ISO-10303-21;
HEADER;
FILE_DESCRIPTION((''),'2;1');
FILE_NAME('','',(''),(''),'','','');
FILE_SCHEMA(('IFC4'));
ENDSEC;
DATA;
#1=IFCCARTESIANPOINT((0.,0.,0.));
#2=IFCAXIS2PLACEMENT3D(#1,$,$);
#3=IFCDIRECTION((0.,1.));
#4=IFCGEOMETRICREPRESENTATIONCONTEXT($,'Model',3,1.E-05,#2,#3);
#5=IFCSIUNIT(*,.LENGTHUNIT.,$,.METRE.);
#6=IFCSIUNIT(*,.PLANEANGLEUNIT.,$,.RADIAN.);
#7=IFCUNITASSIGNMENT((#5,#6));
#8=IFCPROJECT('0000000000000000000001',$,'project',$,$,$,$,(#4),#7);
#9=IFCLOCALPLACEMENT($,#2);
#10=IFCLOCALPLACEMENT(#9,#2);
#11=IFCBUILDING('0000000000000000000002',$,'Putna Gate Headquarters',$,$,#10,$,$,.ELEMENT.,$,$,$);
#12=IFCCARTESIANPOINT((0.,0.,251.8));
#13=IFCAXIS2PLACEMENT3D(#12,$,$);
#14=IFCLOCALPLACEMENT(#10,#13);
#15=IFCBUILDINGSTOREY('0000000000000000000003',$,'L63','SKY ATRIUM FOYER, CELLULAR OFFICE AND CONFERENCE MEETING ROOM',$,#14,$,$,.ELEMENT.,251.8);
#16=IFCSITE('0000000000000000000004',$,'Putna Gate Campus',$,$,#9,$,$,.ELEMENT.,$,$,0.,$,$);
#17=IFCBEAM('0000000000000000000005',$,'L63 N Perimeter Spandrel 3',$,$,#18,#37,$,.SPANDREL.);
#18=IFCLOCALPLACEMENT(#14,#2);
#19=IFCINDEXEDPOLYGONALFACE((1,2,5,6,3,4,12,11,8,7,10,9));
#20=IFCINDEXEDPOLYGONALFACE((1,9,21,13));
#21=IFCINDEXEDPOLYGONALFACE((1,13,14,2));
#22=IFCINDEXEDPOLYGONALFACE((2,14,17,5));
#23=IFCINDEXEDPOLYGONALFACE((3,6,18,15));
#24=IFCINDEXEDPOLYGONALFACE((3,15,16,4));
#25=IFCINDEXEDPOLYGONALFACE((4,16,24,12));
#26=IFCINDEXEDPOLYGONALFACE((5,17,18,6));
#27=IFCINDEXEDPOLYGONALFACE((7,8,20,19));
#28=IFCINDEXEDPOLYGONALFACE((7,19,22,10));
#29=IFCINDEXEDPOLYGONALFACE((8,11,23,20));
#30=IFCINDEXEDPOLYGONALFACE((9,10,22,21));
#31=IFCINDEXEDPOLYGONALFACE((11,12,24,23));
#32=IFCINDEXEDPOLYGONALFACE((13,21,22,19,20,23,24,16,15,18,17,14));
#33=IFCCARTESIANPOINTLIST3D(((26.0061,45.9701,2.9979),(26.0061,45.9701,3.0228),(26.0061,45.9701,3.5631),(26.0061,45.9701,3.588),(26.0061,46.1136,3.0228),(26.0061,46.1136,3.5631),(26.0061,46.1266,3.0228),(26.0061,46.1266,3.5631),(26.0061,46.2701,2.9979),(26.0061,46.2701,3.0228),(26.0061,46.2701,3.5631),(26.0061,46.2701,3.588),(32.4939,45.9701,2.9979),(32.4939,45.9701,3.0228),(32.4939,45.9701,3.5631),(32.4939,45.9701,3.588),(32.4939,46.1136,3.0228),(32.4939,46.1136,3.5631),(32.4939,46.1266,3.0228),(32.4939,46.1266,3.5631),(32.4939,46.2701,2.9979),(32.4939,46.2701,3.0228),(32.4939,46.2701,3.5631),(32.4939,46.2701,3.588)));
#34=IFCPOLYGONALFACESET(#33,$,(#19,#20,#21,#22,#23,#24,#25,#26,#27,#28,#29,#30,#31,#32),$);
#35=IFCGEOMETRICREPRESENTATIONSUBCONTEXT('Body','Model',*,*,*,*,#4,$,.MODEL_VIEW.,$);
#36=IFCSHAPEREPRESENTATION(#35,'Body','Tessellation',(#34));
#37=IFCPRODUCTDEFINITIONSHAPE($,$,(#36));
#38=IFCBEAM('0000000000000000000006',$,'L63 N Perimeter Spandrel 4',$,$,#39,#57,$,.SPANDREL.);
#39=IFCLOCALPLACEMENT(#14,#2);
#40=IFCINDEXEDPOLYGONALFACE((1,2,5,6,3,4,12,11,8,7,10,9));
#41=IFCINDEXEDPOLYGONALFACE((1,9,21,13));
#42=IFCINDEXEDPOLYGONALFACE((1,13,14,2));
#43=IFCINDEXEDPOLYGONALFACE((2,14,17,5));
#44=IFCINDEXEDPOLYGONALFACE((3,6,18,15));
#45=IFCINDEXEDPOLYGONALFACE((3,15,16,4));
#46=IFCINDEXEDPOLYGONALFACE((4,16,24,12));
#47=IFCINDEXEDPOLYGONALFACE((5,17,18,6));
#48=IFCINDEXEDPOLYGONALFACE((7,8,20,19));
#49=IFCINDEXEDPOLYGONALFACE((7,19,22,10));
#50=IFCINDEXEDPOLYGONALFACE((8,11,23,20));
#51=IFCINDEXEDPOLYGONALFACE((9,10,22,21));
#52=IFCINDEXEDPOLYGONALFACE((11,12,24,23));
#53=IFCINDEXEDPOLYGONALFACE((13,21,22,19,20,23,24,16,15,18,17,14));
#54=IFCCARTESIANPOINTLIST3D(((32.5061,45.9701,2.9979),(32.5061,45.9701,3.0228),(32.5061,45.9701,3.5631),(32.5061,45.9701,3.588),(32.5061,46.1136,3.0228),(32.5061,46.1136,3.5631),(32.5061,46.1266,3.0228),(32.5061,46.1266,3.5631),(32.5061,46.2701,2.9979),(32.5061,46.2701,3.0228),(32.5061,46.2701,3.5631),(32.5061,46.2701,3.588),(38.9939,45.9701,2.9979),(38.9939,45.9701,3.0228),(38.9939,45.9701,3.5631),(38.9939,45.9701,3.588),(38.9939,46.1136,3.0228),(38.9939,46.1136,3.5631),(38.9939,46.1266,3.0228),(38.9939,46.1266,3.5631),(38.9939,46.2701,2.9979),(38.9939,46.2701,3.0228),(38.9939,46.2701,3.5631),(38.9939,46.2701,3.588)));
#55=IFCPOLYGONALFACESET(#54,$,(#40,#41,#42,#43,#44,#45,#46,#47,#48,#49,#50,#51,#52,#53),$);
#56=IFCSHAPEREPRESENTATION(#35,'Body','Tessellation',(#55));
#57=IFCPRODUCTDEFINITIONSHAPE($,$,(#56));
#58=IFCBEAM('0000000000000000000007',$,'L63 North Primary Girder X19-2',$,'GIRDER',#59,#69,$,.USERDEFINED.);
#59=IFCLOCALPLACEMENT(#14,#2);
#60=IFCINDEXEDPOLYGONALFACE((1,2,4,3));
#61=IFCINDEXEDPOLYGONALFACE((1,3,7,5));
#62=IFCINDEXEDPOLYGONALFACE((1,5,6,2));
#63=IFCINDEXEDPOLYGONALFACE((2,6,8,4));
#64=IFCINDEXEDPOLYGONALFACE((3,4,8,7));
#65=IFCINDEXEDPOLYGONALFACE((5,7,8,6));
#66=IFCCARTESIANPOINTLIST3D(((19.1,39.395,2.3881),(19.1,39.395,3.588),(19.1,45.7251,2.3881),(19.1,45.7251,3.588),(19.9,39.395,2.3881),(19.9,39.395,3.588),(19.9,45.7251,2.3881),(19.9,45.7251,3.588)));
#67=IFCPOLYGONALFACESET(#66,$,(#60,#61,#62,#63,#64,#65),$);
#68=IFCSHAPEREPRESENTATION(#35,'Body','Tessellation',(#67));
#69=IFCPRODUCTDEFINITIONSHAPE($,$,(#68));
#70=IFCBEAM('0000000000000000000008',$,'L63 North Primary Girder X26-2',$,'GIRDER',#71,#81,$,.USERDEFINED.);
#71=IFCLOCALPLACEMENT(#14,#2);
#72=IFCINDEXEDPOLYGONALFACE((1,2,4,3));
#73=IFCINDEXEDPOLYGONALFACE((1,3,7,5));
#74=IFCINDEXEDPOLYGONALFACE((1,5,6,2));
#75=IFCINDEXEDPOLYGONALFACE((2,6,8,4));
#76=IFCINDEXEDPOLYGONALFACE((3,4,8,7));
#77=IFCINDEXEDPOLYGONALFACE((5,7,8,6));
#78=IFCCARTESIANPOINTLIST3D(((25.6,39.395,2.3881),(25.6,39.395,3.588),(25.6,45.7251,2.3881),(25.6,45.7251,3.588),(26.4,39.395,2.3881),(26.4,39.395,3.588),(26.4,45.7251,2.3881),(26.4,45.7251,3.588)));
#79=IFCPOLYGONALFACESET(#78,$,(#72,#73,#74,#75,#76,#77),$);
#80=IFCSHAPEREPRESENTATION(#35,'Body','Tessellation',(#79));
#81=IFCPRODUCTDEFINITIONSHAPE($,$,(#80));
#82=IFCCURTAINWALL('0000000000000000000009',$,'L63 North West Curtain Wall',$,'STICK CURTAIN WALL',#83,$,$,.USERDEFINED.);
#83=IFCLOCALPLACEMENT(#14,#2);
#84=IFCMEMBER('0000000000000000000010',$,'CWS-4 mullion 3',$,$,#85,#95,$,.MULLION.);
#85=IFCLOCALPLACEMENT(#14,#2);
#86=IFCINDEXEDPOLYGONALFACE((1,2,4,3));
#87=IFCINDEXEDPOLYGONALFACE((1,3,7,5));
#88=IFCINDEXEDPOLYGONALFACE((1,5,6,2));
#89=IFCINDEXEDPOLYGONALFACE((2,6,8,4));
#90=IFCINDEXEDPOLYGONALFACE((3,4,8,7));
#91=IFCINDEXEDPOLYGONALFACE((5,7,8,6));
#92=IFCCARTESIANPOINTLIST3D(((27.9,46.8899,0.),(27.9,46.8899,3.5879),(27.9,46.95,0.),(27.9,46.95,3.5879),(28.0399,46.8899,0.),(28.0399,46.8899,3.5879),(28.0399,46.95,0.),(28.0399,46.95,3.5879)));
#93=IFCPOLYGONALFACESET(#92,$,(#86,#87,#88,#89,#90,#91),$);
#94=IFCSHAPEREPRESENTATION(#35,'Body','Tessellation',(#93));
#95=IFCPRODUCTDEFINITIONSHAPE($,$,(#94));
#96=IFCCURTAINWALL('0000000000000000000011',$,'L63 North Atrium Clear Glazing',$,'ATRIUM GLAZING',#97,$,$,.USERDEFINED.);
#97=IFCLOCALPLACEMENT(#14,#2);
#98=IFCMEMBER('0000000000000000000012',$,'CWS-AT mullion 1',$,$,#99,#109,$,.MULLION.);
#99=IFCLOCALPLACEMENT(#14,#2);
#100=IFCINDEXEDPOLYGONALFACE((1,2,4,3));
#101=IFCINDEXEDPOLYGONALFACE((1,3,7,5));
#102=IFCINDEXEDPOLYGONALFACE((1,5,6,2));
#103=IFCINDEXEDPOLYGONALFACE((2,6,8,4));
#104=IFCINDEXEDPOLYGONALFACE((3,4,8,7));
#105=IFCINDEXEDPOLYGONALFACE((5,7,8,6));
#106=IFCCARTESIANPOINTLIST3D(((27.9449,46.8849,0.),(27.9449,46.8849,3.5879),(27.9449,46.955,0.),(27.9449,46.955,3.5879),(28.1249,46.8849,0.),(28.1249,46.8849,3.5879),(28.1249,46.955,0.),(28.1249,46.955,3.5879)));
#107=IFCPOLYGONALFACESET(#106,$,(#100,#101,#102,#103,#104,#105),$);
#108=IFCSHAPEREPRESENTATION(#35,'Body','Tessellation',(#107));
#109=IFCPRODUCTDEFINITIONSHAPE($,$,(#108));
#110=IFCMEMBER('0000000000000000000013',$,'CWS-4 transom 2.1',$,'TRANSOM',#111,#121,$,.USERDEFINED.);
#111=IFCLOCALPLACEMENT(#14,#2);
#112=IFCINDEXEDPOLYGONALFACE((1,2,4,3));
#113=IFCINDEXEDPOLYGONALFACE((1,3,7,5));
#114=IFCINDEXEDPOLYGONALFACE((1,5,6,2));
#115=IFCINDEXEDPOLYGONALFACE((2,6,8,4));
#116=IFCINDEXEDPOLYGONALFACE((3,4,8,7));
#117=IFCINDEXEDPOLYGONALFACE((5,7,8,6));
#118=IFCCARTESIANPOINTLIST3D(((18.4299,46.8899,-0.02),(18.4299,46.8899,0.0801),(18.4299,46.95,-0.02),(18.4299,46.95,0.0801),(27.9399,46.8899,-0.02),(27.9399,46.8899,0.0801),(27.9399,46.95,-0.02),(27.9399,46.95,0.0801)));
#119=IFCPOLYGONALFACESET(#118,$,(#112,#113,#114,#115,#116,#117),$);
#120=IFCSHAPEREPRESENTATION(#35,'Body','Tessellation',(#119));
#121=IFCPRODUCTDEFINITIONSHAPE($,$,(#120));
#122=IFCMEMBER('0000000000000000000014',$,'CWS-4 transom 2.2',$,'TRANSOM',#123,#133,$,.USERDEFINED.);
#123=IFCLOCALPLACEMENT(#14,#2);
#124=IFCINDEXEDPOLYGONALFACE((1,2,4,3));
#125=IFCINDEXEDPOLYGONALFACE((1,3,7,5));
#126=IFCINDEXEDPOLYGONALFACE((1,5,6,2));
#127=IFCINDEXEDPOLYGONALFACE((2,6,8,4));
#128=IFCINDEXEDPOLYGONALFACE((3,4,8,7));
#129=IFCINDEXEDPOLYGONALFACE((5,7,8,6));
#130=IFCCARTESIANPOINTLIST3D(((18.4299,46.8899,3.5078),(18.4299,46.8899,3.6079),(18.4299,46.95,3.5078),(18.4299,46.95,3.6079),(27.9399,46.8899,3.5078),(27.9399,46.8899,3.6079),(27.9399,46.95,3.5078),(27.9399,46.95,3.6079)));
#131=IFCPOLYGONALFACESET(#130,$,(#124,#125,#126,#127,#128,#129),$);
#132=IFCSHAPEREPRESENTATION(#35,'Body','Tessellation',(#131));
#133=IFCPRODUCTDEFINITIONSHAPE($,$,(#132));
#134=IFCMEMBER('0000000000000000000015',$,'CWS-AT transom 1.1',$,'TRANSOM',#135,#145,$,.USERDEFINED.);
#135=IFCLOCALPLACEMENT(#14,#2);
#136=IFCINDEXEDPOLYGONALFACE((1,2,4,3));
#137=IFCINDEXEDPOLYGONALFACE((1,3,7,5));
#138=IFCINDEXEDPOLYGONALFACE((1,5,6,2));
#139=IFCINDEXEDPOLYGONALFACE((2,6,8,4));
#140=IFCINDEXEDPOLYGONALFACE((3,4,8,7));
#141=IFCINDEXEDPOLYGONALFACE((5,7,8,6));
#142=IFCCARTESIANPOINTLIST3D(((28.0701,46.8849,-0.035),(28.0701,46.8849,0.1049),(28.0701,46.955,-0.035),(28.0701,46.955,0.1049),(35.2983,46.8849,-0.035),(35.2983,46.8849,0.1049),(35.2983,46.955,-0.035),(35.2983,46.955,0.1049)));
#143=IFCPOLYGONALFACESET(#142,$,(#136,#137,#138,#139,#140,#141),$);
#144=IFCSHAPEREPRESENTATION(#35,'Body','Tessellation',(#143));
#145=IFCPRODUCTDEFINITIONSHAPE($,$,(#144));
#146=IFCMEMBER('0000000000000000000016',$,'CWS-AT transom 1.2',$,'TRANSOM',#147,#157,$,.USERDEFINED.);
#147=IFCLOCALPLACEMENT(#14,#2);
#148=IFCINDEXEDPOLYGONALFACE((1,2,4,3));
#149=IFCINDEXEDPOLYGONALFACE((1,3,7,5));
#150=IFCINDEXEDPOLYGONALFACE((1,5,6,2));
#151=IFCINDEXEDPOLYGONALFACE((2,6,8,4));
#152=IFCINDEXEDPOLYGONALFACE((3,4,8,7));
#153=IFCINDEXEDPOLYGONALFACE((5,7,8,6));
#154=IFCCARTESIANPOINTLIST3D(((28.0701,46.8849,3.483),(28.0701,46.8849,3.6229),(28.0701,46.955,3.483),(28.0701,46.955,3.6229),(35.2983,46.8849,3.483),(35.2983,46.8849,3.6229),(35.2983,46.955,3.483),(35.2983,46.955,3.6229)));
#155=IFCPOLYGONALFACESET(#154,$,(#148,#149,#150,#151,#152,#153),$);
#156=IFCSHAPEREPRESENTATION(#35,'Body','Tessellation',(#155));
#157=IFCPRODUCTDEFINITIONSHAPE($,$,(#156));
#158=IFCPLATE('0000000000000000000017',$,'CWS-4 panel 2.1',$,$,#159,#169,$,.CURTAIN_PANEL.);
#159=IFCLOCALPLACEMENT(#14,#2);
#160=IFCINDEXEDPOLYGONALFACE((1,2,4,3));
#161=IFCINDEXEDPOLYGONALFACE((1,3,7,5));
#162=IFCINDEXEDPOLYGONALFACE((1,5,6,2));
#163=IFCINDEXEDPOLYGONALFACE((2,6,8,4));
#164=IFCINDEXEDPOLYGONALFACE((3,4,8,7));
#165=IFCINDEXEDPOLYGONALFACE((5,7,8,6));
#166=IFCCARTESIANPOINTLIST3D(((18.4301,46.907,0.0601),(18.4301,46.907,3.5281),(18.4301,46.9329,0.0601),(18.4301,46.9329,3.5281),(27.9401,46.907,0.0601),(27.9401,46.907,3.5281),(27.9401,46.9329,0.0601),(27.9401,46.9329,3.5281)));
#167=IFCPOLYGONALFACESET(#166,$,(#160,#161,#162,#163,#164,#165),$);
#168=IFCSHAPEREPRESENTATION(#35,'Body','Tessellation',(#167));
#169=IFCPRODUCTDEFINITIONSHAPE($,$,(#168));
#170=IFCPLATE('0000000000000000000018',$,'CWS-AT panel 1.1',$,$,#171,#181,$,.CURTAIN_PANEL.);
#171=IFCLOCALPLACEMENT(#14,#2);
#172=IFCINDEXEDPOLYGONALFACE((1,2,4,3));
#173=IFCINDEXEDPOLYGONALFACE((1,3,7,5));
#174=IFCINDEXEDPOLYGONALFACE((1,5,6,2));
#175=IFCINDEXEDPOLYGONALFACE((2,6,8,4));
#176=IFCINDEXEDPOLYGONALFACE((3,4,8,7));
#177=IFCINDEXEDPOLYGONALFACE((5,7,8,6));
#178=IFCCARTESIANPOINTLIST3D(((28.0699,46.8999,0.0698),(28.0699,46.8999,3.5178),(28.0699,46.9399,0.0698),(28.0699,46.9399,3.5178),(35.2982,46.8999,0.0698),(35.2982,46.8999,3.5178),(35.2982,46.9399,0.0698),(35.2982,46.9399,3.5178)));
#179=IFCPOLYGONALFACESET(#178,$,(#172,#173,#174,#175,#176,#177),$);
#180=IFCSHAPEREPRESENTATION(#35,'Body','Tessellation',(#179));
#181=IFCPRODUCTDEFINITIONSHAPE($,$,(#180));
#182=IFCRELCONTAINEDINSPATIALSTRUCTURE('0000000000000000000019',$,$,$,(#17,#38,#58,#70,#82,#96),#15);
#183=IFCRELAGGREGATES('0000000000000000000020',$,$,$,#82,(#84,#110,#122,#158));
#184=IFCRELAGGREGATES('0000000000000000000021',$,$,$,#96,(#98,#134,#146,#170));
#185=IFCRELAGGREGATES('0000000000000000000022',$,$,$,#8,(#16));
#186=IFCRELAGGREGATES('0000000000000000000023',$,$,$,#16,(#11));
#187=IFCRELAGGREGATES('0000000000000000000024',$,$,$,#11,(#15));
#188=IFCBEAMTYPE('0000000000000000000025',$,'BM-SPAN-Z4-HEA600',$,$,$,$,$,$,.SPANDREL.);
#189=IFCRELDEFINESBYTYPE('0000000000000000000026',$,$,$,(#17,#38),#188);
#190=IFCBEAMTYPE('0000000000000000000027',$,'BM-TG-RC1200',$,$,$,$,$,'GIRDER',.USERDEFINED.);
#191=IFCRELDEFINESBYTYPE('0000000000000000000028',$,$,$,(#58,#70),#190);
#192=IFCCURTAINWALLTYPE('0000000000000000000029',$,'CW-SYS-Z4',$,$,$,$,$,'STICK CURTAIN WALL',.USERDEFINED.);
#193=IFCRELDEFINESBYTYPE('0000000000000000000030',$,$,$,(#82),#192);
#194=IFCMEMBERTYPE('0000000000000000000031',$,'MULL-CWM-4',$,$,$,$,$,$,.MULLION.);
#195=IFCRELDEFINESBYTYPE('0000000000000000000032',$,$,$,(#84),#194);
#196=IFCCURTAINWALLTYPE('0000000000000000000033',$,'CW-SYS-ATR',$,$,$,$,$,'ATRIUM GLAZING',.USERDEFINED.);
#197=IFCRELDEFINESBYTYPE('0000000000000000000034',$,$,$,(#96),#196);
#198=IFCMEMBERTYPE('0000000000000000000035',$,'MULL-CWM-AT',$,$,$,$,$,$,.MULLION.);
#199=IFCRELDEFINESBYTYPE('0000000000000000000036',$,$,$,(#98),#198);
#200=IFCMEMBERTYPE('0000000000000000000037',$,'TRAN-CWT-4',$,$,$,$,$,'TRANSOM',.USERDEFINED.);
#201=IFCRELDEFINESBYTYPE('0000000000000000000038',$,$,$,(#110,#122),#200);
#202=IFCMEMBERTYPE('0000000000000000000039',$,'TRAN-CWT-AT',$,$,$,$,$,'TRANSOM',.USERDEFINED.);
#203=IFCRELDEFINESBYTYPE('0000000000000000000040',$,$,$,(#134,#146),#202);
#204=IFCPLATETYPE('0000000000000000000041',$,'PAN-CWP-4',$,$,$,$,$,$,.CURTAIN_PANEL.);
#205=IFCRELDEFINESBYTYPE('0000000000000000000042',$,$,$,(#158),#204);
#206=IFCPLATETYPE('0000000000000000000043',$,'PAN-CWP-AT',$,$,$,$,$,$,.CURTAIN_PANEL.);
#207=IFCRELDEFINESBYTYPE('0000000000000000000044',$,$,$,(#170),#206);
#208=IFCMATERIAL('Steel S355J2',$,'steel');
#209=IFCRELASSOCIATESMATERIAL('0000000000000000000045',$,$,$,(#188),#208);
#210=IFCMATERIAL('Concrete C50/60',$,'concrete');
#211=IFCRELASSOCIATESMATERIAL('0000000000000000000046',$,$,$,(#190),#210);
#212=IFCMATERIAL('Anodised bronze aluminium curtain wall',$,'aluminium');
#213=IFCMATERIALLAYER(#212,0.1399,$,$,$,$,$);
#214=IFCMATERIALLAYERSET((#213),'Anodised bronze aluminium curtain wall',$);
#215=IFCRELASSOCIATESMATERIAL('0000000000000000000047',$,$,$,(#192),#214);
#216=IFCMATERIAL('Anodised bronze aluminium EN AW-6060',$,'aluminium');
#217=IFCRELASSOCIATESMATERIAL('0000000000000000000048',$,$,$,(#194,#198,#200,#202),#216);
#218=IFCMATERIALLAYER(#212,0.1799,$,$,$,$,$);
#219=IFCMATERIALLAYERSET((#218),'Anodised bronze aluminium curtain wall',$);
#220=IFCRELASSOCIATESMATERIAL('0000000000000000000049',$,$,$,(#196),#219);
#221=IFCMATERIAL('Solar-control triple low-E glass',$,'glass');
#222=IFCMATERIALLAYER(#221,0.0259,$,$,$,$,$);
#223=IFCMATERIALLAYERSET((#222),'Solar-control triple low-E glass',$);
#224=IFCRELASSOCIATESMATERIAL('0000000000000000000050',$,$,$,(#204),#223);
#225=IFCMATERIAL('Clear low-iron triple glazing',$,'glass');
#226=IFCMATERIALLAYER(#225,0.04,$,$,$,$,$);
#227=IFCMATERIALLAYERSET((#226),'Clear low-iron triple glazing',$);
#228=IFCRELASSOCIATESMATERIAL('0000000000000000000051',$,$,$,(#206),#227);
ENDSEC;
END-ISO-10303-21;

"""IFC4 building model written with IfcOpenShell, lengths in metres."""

from ifc_helpers import new_model, si_unit, direction, frame, origin, origin_2d, place, context, subcontext, project, spatial, rectangle, i_section, extrude, material, layer, layer_set, material_profile, profile_set, type_object, element, aggregate, save


model = new_model("IFC4")

# Units and contexts
model_context = context("Model", 3, precision=1e-05, world=origin(), true_north=direction((0.0, 1.0)))
body_context = subcontext(model_context, "Body", "Model", "MODEL_VIEW")
ifc_project = project(units=[si_unit("LENGTHUNIT", "METRE"), si_unit("PLANEANGLEUNIT", "RADIAN")], contexts=[model_context])

# Site, building, storey
site_placement = place(None, origin())
site = spatial("IfcSite", under=ifc_project, at=site_placement, Name="Putna Gate Campus", CompositionType="ELEMENT", RefElevation=0.0)
building_placement = place(site_placement, origin())
building = spatial("IfcBuilding", under=site, at=building_placement, Name="Putna Gate Headquarters", CompositionType="ELEMENT")
storey_placement = place(building_placement, frame((0.0, 0.0, 251.8)))
storey = spatial("IfcBuildingStorey", under=building, at=storey_placement, Name="L63", Description="SKY ATRIUM FOYER, CELLULAR OFFICE AND CONFERENCE MEETING ROOM", CompositionType="ELEMENT", Elevation=251.8)

# Beams
ifc_material_1 = material(Name="Steel S355J2", Category="steel")
ifc_material_profile_1 = material_profile(ifc_material_1, i_section(OverallWidth=0.3, OverallDepth=0.5901, WebThickness=0.0129, FlangeThickness=0.0249, at=origin_2d()), Name="Steel S355J2")
ifc_profile_set_1 = profile_set([ifc_material_profile_1], Name="Steel S355J2")
beam_type_1 = type_object("IfcBeamType", Name="BM-SPAN-Z4-HEA600", PredefinedType="SPANDREL", material=ifc_profile_set_1)
for number, where, z_axis, x_axis, name in (
    (1, (26.0061, 46.1201, 3.293), (1.0, 0.0, 0.0), (0.0, 1.0, 0.0), "L63 N Perimeter Spandrel 3"),
    (2, (32.5061, 46.1201, 3.293), (1.0, 0.0, 0.0), (0.0, 1.0, 0.0), "L63 N Perimeter Spandrel 4"),
):
    element("IfcBeam", number, at=place(storey_placement, frame(where, z_axis=z_axis, x_axis=x_axis)), inside=storey, type_object=beam_type_1, Name=name, PredefinedType="SPANDREL", context=body_context, shape_type="SweptSolid", body=[
        extrude(i_section(OverallWidth=0.3, OverallDepth=0.5901, WebThickness=0.0129, FlangeThickness=0.0249, at=origin_2d()), origin(), (0.0, 0.0, 1.0), 6.4878),
    ])
ifc_material_2 = material(Name="Concrete C50/60", Category="concrete")
ifc_material_profile_2 = material_profile(ifc_material_2, rectangle(XDim=0.8, YDim=1.2, at=origin_2d()), Name="Concrete C50/60")
ifc_profile_set_2 = profile_set([ifc_material_profile_2], Name="Concrete C50/60")
beam_type_2 = type_object("IfcBeamType", Name="BM-TG-RC1200", ElementType="GIRDER", PredefinedType="USERDEFINED", material=ifc_profile_set_2)
for number, where, z_axis, x_axis, name in (
    (3, (19.5, 39.395, 2.988), (0.0, 1.0, 0.0), (-1.0, 0.0, 0.0), "L63 North Primary Girder X19-2"),
    (4, (26.0, 39.395, 2.988), (0.0, 1.0, 0.0), (-1.0, 0.0, 0.0), "L63 North Primary Girder X26-2"),
):
    element("IfcBeam", number, at=place(storey_placement, frame(where, z_axis=z_axis, x_axis=x_axis)), inside=storey, type_object=beam_type_2, Name=name, ObjectType="GIRDER", PredefinedType="USERDEFINED", context=body_context, shape_type="SweptSolid", body=[
        extrude(rectangle(XDim=0.8, YDim=1.2, at=origin_2d()), origin(), (0.0, 0.0, 1.0), 6.3301),
    ])

# Curtain walls, members
ifc_material_3 = material(Name="Anodised bronze aluminium curtain wall", Category="aluminium")
ifc_layer_1 = layer(ifc_material_3, 0.1399)
ifc_layer_set_1 = layer_set([ifc_layer_1], Name="Anodised bronze aluminium curtain wall")
curtain_wall_type_1 = type_object("IfcCurtainWallType", Name="CW-SYS-Z4", ElementType="STICK CURTAIN WALL", PredefinedType="USERDEFINED", material=ifc_layer_set_1)
curtain_wall_1_placement = place(storey_placement, origin())
curtain_wall_1 = element("IfcCurtainWall", 5, at=curtain_wall_1_placement, inside=storey, type_object=curtain_wall_type_1, Name="L63 North West Curtain Wall", ObjectType="STICK CURTAIN WALL", PredefinedType="USERDEFINED")
ifc_material_4 = material(Name="Anodised bronze aluminium EN AW-6060", Category="aluminium")
ifc_material_profile_3 = material_profile(ifc_material_4, rectangle(XDim=0.0601, YDim=0.1399, at=origin_2d()), Name="Anodised bronze aluminium EN AW-6060")
ifc_profile_set_3 = profile_set([ifc_material_profile_3], Name="Anodised bronze aluminium EN AW-6060")
member_type_1 = type_object("IfcMemberType", Name="MULL-CWM-4", PredefinedType="MULLION", material=ifc_profile_set_3)
member_1_placement = place(storey_placement, frame((27.97, 46.9199, 0.0), z_axis=(0.0, 0.0, 1.0), x_axis=(0.0, 1.0, 0.0)))
member_1 = element("IfcMember", 6, at=member_1_placement, type_object=member_type_1, Name="CWS-4 mullion 3", PredefinedType="MULLION", context=body_context, shape_type="SweptSolid", body=[
    extrude(rectangle(XDim=0.0601, YDim=0.1399, at=origin_2d()), origin(), (0.0, 0.0, 1.0), 3.5879),
])
ifc_layer_2 = layer(ifc_material_3, 0.1799)
ifc_layer_set_2 = layer_set([ifc_layer_2], Name="Anodised bronze aluminium curtain wall")
curtain_wall_type_2 = type_object("IfcCurtainWallType", Name="CW-SYS-ATR", ElementType="ATRIUM GLAZING", PredefinedType="USERDEFINED", material=ifc_layer_set_2)
curtain_wall_2_placement = place(storey_placement, origin())
curtain_wall_2 = element("IfcCurtainWall", 7, at=curtain_wall_2_placement, inside=storey, type_object=curtain_wall_type_2, Name="L63 North Atrium Clear Glazing", ObjectType="ATRIUM GLAZING", PredefinedType="USERDEFINED")
ifc_material_profile_4 = material_profile(ifc_material_4, rectangle(XDim=0.0701, YDim=0.1799, at=origin_2d()), Name="Anodised bronze aluminium EN AW-6060")
ifc_profile_set_4 = profile_set([ifc_material_profile_4], Name="Anodised bronze aluminium EN AW-6060")
member_type_2 = type_object("IfcMemberType", Name="MULL-CWM-AT", PredefinedType="MULLION", material=ifc_profile_set_4)
member_2_placement = place(storey_placement, frame((28.0349, 46.9199, 0.0), z_axis=(0.0, 0.0, 1.0), x_axis=(0.0, 1.0, 0.0)))
member_2 = element("IfcMember", 8, at=member_2_placement, type_object=member_type_2, Name="CWS-AT mullion 1", PredefinedType="MULLION", context=body_context, shape_type="SweptSolid", body=[
    extrude(rectangle(XDim=0.0701, YDim=0.1799, at=origin_2d()), origin(), (0.0, 0.0, 1.0), 3.5879),
])

# Members
ifc_material_profile_5 = material_profile(ifc_material_4, rectangle(XDim=0.0601, YDim=0.1001, at=origin_2d()), Name="Anodised bronze aluminium EN AW-6060")
ifc_profile_set_5 = profile_set([ifc_material_profile_5], Name="Anodised bronze aluminium EN AW-6060")
member_type_3 = type_object("IfcMemberType", Name="TRAN-CWT-4", ElementType="TRANSOM", PredefinedType="USERDEFINED", material=ifc_profile_set_5)
member_3_placement = place(storey_placement, frame((18.4299, 46.9199, 0.03), z_axis=(1.0, 0.0, 0.0), x_axis=(0.0, 1.0, 0.0)))
member_3 = element("IfcMember", 9, at=member_3_placement, type_object=member_type_3, Name="CWS-4 transom 2.1", ObjectType="TRANSOM", PredefinedType="USERDEFINED", context=body_context, shape_type="SweptSolid", body=[
    extrude(rectangle(XDim=0.0601, YDim=0.1001, at=origin_2d()), origin(), (0.0, 0.0, 1.0), 9.51),
])
member_4_placement = place(storey_placement, frame((18.4299, 46.9199, 3.5579), z_axis=(1.0, 0.0, 0.0), x_axis=(0.0, 1.0, 0.0)))
member_4 = element("IfcMember", 10, at=member_4_placement, type_object=member_type_3, Name="CWS-4 transom 2.2", ObjectType="TRANSOM", PredefinedType="USERDEFINED", context=body_context, shape_type="SweptSolid", body=[
    extrude(rectangle(XDim=0.0601, YDim=0.1001, at=origin_2d()), origin(), (0.0, 0.0, 1.0), 9.51),
])
ifc_material_profile_6 = material_profile(ifc_material_4, rectangle(XDim=0.0701, YDim=0.1399, at=origin_2d()), Name="Anodised bronze aluminium EN AW-6060")
ifc_profile_set_6 = profile_set([ifc_material_profile_6], Name="Anodised bronze aluminium EN AW-6060")
member_type_4 = type_object("IfcMemberType", Name="TRAN-CWT-AT", ElementType="TRANSOM", PredefinedType="USERDEFINED", material=ifc_profile_set_6)
member_5_placement = place(storey_placement, frame((28.0701, 46.9199, 0.0349), z_axis=(1.0, 0.0, 0.0), x_axis=(0.0, 1.0, 0.0)))
member_5 = element("IfcMember", 11, at=member_5_placement, type_object=member_type_4, Name="CWS-AT transom 1.1", ObjectType="TRANSOM", PredefinedType="USERDEFINED", context=body_context, shape_type="SweptSolid", body=[
    extrude(rectangle(XDim=0.0701, YDim=0.1399, at=origin_2d()), origin(), (0.0, 0.0, 1.0), 7.2283),
])
member_6_placement = place(storey_placement, frame((28.0701, 46.9199, 3.553), z_axis=(1.0, 0.0, 0.0), x_axis=(0.0, 1.0, 0.0)))
member_6 = element("IfcMember", 12, at=member_6_placement, type_object=member_type_4, Name="CWS-AT transom 1.2", ObjectType="TRANSOM", PredefinedType="USERDEFINED", context=body_context, shape_type="SweptSolid", body=[
    extrude(rectangle(XDim=0.0701, YDim=0.1399, at=origin_2d()), origin(), (0.0, 0.0, 1.0), 7.2283),
])

# Plates
ifc_material_5 = material(Name="Solar-control triple low-E glass", Category="glass")
ifc_layer_3 = layer(ifc_material_5, 0.0259)
ifc_layer_set_3 = layer_set([ifc_layer_3], Name="Solar-control triple low-E glass")
plate_type_1 = type_object("IfcPlateType", Name="PAN-CWP-4", PredefinedType="CURTAIN_PANEL", material=ifc_layer_set_3)
plate_1_placement = place(storey_placement, frame((23.1851, 46.9199, 0.0601), z_axis=(0.0, 0.0, 1.0), x_axis=(1.0, 0.0, 0.0)))
plate_1 = element("IfcPlate", 13, at=plate_1_placement, type_object=plate_type_1, Name="CWS-4 panel 2.1", PredefinedType="CURTAIN_PANEL", context=body_context, shape_type="SweptSolid", body=[
    extrude(rectangle(XDim=9.51, YDim=0.0259, at=origin_2d()), origin(), (0.0, 0.0, 1.0), 3.468),
])
aggregate(curtain_wall_1, [member_1, member_3, member_4, plate_1])
ifc_material_6 = material(Name="Clear low-iron triple glazing", Category="glass")
ifc_layer_4 = layer(ifc_material_6, 0.04)
ifc_layer_set_4 = layer_set([ifc_layer_4], Name="Clear low-iron triple glazing")
plate_type_2 = type_object("IfcPlateType", Name="PAN-CWP-AT", PredefinedType="CURTAIN_PANEL", material=ifc_layer_set_4)
plate_2_placement = place(storey_placement, frame((31.6841, 46.9199, 0.0698), z_axis=(0.0, 0.0, 1.0), x_axis=(1.0, 0.0, 0.0)))
plate_2 = element("IfcPlate", 14, at=plate_2_placement, type_object=plate_type_2, Name="CWS-AT panel 1.1", PredefinedType="CURTAIN_PANEL", context=body_context, shape_type="SweptSolid", body=[
    extrude(rectangle(XDim=7.2283, YDim=0.04, at=origin_2d()), origin(), (0.0, 0.0, 1.0), 3.448),
])
aggregate(curtain_wall_2, [member_2, member_5, member_6, plate_2])

save(model, "model.ifc")
